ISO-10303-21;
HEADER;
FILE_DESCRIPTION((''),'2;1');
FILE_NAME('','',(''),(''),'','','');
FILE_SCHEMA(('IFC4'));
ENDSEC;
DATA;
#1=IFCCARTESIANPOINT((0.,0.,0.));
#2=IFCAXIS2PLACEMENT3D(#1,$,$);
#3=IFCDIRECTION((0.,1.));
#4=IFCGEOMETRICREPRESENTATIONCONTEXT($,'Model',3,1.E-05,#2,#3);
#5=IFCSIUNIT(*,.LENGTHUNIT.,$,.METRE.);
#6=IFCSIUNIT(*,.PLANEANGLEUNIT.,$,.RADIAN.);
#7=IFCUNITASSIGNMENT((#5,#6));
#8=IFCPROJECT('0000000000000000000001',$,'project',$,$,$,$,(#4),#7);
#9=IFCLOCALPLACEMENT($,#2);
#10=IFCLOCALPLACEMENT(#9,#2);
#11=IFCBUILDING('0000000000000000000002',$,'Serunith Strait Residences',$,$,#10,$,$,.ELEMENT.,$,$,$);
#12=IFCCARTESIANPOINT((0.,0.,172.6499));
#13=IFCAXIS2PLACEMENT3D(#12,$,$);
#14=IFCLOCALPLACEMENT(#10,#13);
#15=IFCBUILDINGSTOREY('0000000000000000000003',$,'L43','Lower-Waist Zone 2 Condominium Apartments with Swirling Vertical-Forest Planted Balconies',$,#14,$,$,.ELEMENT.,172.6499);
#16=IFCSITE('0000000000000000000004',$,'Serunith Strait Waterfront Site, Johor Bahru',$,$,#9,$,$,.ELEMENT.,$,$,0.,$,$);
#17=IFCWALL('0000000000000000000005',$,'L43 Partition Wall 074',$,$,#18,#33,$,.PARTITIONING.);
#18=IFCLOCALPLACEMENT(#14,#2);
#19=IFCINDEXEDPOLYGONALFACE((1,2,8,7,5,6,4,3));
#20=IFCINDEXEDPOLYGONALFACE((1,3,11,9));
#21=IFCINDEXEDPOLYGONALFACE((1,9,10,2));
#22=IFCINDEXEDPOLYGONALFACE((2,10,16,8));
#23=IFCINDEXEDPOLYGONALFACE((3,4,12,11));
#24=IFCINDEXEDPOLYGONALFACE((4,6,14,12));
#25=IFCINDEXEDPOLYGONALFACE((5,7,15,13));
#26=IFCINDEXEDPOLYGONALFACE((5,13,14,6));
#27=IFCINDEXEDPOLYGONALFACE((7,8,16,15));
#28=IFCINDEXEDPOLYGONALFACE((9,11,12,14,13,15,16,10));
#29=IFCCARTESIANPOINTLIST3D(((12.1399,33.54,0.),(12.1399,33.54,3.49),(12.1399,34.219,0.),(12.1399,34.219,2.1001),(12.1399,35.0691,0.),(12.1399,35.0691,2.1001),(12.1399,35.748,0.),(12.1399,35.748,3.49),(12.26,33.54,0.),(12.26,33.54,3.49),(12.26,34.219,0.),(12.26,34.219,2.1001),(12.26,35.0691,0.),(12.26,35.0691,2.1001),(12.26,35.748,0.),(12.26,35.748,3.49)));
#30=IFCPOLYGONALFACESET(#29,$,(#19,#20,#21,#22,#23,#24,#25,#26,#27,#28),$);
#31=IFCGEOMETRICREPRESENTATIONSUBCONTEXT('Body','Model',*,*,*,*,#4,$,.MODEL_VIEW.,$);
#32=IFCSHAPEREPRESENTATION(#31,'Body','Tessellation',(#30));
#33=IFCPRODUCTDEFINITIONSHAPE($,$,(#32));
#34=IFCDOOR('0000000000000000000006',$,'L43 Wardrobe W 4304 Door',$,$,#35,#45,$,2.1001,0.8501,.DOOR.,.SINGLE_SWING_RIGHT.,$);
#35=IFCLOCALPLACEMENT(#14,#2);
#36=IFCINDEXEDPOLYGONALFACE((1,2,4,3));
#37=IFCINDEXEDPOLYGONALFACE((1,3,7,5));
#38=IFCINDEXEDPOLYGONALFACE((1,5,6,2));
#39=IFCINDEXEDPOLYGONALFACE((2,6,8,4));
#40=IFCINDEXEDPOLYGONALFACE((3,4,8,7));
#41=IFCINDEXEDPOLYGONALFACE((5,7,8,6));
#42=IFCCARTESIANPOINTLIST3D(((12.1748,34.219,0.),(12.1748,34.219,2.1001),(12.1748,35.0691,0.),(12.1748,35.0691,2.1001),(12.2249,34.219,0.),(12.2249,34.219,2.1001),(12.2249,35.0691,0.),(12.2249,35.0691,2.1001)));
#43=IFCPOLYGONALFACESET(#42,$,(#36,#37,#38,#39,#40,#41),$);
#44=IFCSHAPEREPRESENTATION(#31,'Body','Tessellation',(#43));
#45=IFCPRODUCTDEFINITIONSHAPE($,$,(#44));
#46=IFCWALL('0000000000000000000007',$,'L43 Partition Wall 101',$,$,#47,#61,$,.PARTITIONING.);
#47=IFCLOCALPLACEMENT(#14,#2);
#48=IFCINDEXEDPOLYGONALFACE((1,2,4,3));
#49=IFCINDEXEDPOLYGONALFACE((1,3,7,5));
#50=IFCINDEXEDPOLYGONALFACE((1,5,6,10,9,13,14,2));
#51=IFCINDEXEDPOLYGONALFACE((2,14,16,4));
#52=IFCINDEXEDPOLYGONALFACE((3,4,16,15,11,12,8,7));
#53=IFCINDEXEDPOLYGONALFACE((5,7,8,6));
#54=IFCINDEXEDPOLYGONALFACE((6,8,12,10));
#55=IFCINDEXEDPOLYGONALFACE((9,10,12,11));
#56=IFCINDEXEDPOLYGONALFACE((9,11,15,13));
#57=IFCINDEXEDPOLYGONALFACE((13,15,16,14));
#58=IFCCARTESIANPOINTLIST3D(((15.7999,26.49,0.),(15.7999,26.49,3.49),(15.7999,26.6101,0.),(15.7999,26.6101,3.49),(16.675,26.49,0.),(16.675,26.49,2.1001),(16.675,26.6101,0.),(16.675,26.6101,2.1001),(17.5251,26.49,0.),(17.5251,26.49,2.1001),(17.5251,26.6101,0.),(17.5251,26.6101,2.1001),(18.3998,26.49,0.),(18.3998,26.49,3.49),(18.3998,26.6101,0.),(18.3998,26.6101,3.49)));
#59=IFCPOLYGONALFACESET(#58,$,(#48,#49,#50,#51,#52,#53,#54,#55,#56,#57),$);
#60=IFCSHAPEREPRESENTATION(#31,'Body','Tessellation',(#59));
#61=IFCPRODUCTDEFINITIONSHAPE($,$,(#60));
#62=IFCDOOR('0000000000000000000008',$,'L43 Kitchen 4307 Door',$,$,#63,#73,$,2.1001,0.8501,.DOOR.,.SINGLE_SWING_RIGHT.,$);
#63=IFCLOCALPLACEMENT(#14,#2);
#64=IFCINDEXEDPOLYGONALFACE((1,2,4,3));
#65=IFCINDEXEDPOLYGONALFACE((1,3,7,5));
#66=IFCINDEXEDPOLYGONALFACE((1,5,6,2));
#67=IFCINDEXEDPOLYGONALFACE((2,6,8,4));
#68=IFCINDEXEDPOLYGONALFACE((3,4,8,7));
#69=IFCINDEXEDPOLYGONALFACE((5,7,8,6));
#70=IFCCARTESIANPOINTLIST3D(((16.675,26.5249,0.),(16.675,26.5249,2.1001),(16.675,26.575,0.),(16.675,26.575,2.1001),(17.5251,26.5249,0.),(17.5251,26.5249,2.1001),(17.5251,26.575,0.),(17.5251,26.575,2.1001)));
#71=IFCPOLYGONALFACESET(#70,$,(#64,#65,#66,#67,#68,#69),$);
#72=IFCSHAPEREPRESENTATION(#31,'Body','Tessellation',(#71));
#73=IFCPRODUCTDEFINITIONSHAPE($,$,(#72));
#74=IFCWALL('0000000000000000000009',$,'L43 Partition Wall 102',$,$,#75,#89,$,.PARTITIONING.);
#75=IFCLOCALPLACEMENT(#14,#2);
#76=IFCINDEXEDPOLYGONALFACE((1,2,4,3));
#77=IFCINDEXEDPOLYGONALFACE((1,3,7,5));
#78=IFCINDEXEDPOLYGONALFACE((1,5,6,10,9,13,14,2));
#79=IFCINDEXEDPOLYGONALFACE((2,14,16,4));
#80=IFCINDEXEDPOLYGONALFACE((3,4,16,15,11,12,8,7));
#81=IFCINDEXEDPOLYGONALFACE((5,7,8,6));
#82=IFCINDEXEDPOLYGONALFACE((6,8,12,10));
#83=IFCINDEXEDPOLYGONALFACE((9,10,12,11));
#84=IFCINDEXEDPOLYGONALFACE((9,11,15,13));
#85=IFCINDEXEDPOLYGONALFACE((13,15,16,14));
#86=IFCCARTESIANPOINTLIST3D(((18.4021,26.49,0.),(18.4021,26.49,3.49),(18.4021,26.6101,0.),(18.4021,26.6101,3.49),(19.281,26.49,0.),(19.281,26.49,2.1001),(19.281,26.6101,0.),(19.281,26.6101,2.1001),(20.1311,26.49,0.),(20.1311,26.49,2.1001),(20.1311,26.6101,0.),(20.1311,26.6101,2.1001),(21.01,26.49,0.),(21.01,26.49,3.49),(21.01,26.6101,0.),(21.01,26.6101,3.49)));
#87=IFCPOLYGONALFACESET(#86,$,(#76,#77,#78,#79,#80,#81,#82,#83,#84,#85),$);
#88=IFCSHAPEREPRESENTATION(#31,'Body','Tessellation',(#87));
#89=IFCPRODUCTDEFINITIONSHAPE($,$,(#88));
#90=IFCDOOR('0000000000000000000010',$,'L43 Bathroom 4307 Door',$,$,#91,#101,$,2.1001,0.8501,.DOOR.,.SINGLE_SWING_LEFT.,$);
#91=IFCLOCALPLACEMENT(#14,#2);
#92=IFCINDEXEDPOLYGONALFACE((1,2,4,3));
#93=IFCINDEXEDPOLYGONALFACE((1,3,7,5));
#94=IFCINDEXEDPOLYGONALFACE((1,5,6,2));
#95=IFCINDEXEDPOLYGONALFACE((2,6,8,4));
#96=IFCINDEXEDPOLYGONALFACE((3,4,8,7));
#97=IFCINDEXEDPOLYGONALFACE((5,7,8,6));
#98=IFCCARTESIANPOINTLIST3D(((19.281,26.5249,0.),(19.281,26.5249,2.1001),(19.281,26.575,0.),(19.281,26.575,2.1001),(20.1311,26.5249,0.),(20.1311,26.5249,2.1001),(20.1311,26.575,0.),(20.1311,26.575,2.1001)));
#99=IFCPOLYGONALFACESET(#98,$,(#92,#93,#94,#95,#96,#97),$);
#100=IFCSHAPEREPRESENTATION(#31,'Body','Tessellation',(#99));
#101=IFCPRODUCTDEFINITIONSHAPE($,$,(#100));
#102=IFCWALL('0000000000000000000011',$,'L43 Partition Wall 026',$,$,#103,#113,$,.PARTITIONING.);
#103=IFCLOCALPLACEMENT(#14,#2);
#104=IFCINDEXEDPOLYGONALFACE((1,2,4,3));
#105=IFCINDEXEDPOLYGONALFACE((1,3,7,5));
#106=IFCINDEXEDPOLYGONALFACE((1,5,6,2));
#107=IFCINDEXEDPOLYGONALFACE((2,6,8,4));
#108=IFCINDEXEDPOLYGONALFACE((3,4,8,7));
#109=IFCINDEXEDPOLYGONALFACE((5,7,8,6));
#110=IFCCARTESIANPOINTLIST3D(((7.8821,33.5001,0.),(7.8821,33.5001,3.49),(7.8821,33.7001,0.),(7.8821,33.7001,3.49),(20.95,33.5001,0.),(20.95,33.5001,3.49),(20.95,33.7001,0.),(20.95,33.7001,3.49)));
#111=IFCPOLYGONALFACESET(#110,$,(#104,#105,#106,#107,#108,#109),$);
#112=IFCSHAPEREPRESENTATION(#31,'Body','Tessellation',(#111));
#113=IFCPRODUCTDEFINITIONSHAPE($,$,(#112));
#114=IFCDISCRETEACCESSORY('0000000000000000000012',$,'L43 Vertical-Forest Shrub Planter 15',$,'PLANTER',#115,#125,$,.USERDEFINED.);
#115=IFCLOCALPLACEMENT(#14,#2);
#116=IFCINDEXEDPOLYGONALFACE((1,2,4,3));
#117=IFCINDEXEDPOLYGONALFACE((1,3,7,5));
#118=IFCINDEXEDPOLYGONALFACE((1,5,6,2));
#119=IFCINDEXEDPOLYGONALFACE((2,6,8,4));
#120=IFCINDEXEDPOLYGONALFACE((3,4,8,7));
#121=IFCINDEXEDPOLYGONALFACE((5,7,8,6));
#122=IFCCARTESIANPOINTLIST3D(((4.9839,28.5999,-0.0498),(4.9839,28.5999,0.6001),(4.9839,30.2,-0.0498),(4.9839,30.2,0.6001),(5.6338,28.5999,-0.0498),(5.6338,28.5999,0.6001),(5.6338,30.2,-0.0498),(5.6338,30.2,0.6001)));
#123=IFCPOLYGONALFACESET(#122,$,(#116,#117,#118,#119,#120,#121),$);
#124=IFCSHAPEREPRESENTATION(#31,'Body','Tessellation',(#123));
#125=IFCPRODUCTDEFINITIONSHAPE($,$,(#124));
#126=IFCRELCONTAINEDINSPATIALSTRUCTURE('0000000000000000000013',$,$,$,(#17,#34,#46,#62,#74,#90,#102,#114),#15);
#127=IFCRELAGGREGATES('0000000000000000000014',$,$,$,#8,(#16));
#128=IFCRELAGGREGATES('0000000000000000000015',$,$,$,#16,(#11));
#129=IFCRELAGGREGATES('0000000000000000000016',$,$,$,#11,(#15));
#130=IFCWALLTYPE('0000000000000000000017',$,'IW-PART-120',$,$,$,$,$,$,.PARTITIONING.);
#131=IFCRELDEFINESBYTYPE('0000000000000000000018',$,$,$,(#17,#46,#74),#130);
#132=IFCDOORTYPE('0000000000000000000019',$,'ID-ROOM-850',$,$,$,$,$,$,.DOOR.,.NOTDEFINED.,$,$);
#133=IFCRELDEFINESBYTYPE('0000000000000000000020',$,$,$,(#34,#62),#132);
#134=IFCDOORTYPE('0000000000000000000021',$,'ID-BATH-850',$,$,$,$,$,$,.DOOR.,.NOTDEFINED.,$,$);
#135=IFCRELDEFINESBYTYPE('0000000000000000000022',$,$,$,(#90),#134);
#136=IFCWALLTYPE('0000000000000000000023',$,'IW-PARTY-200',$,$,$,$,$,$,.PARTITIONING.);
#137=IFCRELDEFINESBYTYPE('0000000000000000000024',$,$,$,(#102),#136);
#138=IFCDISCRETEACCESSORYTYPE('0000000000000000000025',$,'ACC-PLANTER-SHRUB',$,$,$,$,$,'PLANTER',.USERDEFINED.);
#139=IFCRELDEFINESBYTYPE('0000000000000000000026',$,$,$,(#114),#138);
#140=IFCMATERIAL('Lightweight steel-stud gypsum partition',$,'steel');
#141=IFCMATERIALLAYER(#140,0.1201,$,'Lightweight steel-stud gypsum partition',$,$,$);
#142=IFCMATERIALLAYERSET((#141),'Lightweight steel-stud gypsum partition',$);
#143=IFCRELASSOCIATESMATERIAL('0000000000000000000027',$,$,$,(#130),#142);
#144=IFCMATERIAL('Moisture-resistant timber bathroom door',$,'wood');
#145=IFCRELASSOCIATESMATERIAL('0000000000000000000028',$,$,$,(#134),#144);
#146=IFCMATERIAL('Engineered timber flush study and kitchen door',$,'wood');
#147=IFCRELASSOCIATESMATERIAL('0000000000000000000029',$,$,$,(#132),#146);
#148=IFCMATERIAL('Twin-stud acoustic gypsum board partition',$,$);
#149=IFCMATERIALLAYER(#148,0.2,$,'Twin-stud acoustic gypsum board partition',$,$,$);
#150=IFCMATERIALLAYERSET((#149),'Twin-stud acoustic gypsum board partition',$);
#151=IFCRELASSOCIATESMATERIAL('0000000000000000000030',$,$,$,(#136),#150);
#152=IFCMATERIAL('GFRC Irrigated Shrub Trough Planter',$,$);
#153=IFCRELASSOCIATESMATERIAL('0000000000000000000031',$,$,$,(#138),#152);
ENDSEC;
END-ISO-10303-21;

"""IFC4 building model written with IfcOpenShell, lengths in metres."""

from ifc_helpers import new_model, si_unit, direction, frame, frame_2d, origin, origin_2d, place, context, subcontext, project, spatial, rectangle, extrude, source, transform, mapped, material, layer, layer_set, type_object, element, fill, save


model = new_model("IFC4")

# Units and contexts
model_context = context("Model", 3, precision=1e-05, world=origin(), true_north=direction((0.0, 1.0)))
body_context = subcontext(model_context, "Body", "Model", "MODEL_VIEW")
ifc_project = project(units=[si_unit("LENGTHUNIT", "METRE"), si_unit("PLANEANGLEUNIT", "RADIAN")], contexts=[model_context])

# Site, building, storey
site_placement = place(None, origin())
site = spatial("IfcSite", under=ifc_project, at=site_placement, Name="Serunith Strait Waterfront Site, Johor Bahru", CompositionType="ELEMENT", RefElevation=0.0)
building_placement = place(site_placement, origin())
building = spatial("IfcBuilding", under=site, at=building_placement, Name="Serunith Strait Residences", CompositionType="ELEMENT")
storey_placement = place(building_placement, frame((0.0, 0.0, 172.6499)))
storey = spatial("IfcBuildingStorey", under=building, at=storey_placement, Name="L43", Description="Lower-Waist Zone 2 Condominium Apartments with Swirling Vertical-Forest Planted Balconies", CompositionType="ELEMENT", Elevation=172.6499)

# Shared definitions
ifc_material_1 = material(Name="Lightweight steel-stud gypsum partition", Category="steel")
ifc_layer_1 = layer(ifc_material_1, 0.1201, Name="Lightweight steel-stud gypsum partition")
ifc_layer_set_1 = layer_set([ifc_layer_1], Name="Lightweight steel-stud gypsum partition")
wall_type_1 = type_object("IfcWallType", Name="IW-PART-120", PredefinedType="PARTITIONING", material=ifc_layer_set_1)
ifc_material_2 = material(Name="Moisture-resistant timber bathroom door", Category="wood")
door_type_1 = type_object("IfcDoorType", Name="ID-BATH-850", OperationType="NOTDEFINED", PredefinedType="DOOR", material=ifc_material_2)
shared_shape_1 = source(origin(), body_context, "Body", "SweptSolid", [
    extrude(rectangle(XDim=0.8501, YDim=2.1001, at=frame_2d((0.425, 1.05))), frame((0.0, 0.0249, 0.0), z_axis=(0.0, -1.0, 0.0), x_axis=(1.0, 0.0, 0.0)), (0.0, 0.0, 1.0), 0.05),
])
ifc_material_3 = material(Name="Engineered timber flush study and kitchen door", Category="wood")
door_type_2 = type_object("IfcDoorType", Name="ID-ROOM-850", OperationType="NOTDEFINED", PredefinedType="DOOR", material=ifc_material_3)

# Walls, openings, doors
wall_1_placement = place(storey_placement, frame((12.2, 35.748, 0.0), z_axis=(0.0, 0.0, 1.0), x_axis=(0.0, -1.0, 0.0)))
wall_1 = element("IfcWall", 1, at=wall_1_placement, inside=storey, type_object=wall_type_1, Name="L43 Partition Wall 074", PredefinedType="PARTITIONING", context=body_context, shape_type="SweptSolid", body=[
    extrude(rectangle(XDim=2.208, YDim=0.1201, at=frame_2d((1.104, 0.0))), origin(), (0.0, 0.0, 1.0), 3.49),
])
opening_1_placement = place(wall_1_placement, frame((0.679, 0.0, 0.0)))
opening_1 = element("IfcOpeningElement", 2, at=opening_1_placement, cuts=wall_1, PredefinedType="OPENING", context=body_context, shape_type="SweptSolid", body=[
    extrude(rectangle(XDim=0.8501, YDim=2.1001, at=frame_2d((0.425, 1.05))), frame((0.0, 0.0701, 0.0), z_axis=(0.0, -1.0, 0.0), x_axis=(1.0, 0.0, 0.0)), (0.0, 0.0, 1.0), 0.1401),
])
door_1_placement = place(opening_1_placement, origin())
door_1 = element("IfcDoor", 3, at=door_1_placement, inside=storey, type_object=door_type_2, Name="L43 Wardrobe W 4304 Door", OperationType="SINGLE_SWING_RIGHT", OverallHeight=2.1001, OverallWidth=0.8501, PredefinedType="DOOR", context=body_context, shape_type="MappedRepresentation", body=[
    mapped(shared_shape_1, transform((0.0, 0.0, 0.0), scale=1.0)),
])
fill(opening_1, door_1)
wall_2_placement = place(storey_placement, frame((15.8, 26.55, 0.0), z_axis=(0.0, 0.0, 1.0), x_axis=(1.0, 0.0, 0.0)))
wall_2 = element("IfcWall", 4, at=wall_2_placement, inside=storey, type_object=wall_type_1, Name="L43 Partition Wall 101", PredefinedType="PARTITIONING", context=body_context, shape_type="SweptSolid", body=[
    extrude(rectangle(XDim=2.5999, YDim=0.1201, at=frame_2d((1.2998, 0.0))), origin(), (0.0, 0.0, 1.0), 3.49),
])
opening_2_placement = place(wall_2_placement, frame((0.875, 0.0, 0.0)))
opening_2 = element("IfcOpeningElement", 5, at=opening_2_placement, cuts=wall_2, PredefinedType="OPENING", context=body_context, shape_type="SweptSolid", body=[
    extrude(rectangle(XDim=0.8501, YDim=2.1001, at=frame_2d((0.425, 1.05))), frame((0.0, 0.0701, 0.0), z_axis=(0.0, -1.0, 0.0), x_axis=(1.0, 0.0, 0.0)), (0.0, 0.0, 1.0), 0.1401),
])
door_2_placement = place(opening_2_placement, origin())
door_2 = element("IfcDoor", 6, at=door_2_placement, inside=storey, type_object=door_type_2, Name="L43 Kitchen 4307 Door", OperationType="SINGLE_SWING_RIGHT", OverallHeight=2.1001, OverallWidth=0.8501, PredefinedType="DOOR", context=body_context, shape_type="MappedRepresentation", body=[
    mapped(shared_shape_1, transform((0.0, 0.0, 0.0), scale=1.0)),
])
fill(opening_2, door_2)
wall_3_placement = place(storey_placement, frame((18.4021, 26.55, 0.0), z_axis=(0.0, 0.0, 1.0), x_axis=(1.0, 0.0, 0.0)))
wall_3 = element("IfcWall", 7, at=wall_3_placement, inside=storey, type_object=wall_type_1, Name="L43 Partition Wall 102", PredefinedType="PARTITIONING", context=body_context, shape_type="SweptSolid", body=[
    extrude(rectangle(XDim=2.6079, YDim=0.1201, at=frame_2d((1.304, 0.0))), origin(), (0.0, 0.0, 1.0), 3.49),
])
opening_3_placement = place(wall_3_placement, frame((0.8789, 0.0, 0.0)))
opening_3 = element("IfcOpeningElement", 8, at=opening_3_placement, cuts=wall_3, PredefinedType="OPENING", context=body_context, shape_type="SweptSolid", body=[
    extrude(rectangle(XDim=0.8501, YDim=2.1001, at=frame_2d((0.425, 1.05))), frame((0.0, 0.0701, 0.0), z_axis=(0.0, -1.0, 0.0), x_axis=(1.0, 0.0, 0.0)), (0.0, 0.0, 1.0), 0.1401),
])
door_3_placement = place(opening_3_placement, origin())
door_3 = element("IfcDoor", 9, at=door_3_placement, inside=storey, type_object=door_type_1, Name="L43 Bathroom 4307 Door", OperationType="SINGLE_SWING_LEFT", OverallHeight=2.1001, OverallWidth=0.8501, PredefinedType="DOOR", context=body_context, shape_type="MappedRepresentation", body=[
    mapped(shared_shape_1, transform((0.0, 0.0, 0.0), scale=1.0)),
])
fill(opening_3, door_3)

# Wall
ifc_material_4 = material(Name="Twin-stud acoustic gypsum board partition")
ifc_layer_2 = layer(ifc_material_4, 0.2, Name="Twin-stud acoustic gypsum board partition")
ifc_layer_set_2 = layer_set([ifc_layer_2], Name="Twin-stud acoustic gypsum board partition")
wall_type_2 = type_object("IfcWallType", Name="IW-PARTY-200", PredefinedType="PARTITIONING", material=ifc_layer_set_2)
wall_4_placement = place(storey_placement, frame((7.8821, 33.6001, 0.0), z_axis=(0.0, 0.0, 1.0), x_axis=(1.0, 0.0, 0.0)))
element("IfcWall", 10, at=wall_4_placement, inside=storey, type_object=wall_type_2, Name="L43 Partition Wall 026", PredefinedType="PARTITIONING", context=body_context, shape_type="SweptSolid", body=[
    extrude(rectangle(XDim=13.0679, YDim=0.2, at=frame_2d((6.5339, 0.0))), origin(), (0.0, 0.0, 1.0), 3.49),
])

# Discrete accessory
ifc_material_5 = material(Name="GFRC Irrigated Shrub Trough Planter")
discrete_accessory_type = type_object("IfcDiscreteAccessoryType", Name="ACC-PLANTER-SHRUB", ElementType="PLANTER", PredefinedType="USERDEFINED", material=ifc_material_5)
shared_shape_2 = source(origin(), body_context, "Body", "SweptSolid", [
    extrude(rectangle(XDim=1.6001, YDim=0.6499, at=origin_2d()), origin(), (0.0, 0.0, 1.0), 0.6499),
])
discrete_accessory_placement = place(storey_placement, frame((5.3088, 29.3999, -0.0498), z_axis=(0.0, 0.0, 1.0), x_axis=(0.0, -1.0, 0.0)))
element("IfcDiscreteAccessory", 11, at=discrete_accessory_placement, inside=storey, type_object=discrete_accessory_type, Name="L43 Vertical-Forest Shrub Planter 15", ObjectType="PLANTER", PredefinedType="USERDEFINED", context=body_context, shape_type="MappedRepresentation", body=[
    mapped(shared_shape_2, transform((0.0, 0.0, 0.0), scale=1.0)),
])

save(model, "model.ifc")
